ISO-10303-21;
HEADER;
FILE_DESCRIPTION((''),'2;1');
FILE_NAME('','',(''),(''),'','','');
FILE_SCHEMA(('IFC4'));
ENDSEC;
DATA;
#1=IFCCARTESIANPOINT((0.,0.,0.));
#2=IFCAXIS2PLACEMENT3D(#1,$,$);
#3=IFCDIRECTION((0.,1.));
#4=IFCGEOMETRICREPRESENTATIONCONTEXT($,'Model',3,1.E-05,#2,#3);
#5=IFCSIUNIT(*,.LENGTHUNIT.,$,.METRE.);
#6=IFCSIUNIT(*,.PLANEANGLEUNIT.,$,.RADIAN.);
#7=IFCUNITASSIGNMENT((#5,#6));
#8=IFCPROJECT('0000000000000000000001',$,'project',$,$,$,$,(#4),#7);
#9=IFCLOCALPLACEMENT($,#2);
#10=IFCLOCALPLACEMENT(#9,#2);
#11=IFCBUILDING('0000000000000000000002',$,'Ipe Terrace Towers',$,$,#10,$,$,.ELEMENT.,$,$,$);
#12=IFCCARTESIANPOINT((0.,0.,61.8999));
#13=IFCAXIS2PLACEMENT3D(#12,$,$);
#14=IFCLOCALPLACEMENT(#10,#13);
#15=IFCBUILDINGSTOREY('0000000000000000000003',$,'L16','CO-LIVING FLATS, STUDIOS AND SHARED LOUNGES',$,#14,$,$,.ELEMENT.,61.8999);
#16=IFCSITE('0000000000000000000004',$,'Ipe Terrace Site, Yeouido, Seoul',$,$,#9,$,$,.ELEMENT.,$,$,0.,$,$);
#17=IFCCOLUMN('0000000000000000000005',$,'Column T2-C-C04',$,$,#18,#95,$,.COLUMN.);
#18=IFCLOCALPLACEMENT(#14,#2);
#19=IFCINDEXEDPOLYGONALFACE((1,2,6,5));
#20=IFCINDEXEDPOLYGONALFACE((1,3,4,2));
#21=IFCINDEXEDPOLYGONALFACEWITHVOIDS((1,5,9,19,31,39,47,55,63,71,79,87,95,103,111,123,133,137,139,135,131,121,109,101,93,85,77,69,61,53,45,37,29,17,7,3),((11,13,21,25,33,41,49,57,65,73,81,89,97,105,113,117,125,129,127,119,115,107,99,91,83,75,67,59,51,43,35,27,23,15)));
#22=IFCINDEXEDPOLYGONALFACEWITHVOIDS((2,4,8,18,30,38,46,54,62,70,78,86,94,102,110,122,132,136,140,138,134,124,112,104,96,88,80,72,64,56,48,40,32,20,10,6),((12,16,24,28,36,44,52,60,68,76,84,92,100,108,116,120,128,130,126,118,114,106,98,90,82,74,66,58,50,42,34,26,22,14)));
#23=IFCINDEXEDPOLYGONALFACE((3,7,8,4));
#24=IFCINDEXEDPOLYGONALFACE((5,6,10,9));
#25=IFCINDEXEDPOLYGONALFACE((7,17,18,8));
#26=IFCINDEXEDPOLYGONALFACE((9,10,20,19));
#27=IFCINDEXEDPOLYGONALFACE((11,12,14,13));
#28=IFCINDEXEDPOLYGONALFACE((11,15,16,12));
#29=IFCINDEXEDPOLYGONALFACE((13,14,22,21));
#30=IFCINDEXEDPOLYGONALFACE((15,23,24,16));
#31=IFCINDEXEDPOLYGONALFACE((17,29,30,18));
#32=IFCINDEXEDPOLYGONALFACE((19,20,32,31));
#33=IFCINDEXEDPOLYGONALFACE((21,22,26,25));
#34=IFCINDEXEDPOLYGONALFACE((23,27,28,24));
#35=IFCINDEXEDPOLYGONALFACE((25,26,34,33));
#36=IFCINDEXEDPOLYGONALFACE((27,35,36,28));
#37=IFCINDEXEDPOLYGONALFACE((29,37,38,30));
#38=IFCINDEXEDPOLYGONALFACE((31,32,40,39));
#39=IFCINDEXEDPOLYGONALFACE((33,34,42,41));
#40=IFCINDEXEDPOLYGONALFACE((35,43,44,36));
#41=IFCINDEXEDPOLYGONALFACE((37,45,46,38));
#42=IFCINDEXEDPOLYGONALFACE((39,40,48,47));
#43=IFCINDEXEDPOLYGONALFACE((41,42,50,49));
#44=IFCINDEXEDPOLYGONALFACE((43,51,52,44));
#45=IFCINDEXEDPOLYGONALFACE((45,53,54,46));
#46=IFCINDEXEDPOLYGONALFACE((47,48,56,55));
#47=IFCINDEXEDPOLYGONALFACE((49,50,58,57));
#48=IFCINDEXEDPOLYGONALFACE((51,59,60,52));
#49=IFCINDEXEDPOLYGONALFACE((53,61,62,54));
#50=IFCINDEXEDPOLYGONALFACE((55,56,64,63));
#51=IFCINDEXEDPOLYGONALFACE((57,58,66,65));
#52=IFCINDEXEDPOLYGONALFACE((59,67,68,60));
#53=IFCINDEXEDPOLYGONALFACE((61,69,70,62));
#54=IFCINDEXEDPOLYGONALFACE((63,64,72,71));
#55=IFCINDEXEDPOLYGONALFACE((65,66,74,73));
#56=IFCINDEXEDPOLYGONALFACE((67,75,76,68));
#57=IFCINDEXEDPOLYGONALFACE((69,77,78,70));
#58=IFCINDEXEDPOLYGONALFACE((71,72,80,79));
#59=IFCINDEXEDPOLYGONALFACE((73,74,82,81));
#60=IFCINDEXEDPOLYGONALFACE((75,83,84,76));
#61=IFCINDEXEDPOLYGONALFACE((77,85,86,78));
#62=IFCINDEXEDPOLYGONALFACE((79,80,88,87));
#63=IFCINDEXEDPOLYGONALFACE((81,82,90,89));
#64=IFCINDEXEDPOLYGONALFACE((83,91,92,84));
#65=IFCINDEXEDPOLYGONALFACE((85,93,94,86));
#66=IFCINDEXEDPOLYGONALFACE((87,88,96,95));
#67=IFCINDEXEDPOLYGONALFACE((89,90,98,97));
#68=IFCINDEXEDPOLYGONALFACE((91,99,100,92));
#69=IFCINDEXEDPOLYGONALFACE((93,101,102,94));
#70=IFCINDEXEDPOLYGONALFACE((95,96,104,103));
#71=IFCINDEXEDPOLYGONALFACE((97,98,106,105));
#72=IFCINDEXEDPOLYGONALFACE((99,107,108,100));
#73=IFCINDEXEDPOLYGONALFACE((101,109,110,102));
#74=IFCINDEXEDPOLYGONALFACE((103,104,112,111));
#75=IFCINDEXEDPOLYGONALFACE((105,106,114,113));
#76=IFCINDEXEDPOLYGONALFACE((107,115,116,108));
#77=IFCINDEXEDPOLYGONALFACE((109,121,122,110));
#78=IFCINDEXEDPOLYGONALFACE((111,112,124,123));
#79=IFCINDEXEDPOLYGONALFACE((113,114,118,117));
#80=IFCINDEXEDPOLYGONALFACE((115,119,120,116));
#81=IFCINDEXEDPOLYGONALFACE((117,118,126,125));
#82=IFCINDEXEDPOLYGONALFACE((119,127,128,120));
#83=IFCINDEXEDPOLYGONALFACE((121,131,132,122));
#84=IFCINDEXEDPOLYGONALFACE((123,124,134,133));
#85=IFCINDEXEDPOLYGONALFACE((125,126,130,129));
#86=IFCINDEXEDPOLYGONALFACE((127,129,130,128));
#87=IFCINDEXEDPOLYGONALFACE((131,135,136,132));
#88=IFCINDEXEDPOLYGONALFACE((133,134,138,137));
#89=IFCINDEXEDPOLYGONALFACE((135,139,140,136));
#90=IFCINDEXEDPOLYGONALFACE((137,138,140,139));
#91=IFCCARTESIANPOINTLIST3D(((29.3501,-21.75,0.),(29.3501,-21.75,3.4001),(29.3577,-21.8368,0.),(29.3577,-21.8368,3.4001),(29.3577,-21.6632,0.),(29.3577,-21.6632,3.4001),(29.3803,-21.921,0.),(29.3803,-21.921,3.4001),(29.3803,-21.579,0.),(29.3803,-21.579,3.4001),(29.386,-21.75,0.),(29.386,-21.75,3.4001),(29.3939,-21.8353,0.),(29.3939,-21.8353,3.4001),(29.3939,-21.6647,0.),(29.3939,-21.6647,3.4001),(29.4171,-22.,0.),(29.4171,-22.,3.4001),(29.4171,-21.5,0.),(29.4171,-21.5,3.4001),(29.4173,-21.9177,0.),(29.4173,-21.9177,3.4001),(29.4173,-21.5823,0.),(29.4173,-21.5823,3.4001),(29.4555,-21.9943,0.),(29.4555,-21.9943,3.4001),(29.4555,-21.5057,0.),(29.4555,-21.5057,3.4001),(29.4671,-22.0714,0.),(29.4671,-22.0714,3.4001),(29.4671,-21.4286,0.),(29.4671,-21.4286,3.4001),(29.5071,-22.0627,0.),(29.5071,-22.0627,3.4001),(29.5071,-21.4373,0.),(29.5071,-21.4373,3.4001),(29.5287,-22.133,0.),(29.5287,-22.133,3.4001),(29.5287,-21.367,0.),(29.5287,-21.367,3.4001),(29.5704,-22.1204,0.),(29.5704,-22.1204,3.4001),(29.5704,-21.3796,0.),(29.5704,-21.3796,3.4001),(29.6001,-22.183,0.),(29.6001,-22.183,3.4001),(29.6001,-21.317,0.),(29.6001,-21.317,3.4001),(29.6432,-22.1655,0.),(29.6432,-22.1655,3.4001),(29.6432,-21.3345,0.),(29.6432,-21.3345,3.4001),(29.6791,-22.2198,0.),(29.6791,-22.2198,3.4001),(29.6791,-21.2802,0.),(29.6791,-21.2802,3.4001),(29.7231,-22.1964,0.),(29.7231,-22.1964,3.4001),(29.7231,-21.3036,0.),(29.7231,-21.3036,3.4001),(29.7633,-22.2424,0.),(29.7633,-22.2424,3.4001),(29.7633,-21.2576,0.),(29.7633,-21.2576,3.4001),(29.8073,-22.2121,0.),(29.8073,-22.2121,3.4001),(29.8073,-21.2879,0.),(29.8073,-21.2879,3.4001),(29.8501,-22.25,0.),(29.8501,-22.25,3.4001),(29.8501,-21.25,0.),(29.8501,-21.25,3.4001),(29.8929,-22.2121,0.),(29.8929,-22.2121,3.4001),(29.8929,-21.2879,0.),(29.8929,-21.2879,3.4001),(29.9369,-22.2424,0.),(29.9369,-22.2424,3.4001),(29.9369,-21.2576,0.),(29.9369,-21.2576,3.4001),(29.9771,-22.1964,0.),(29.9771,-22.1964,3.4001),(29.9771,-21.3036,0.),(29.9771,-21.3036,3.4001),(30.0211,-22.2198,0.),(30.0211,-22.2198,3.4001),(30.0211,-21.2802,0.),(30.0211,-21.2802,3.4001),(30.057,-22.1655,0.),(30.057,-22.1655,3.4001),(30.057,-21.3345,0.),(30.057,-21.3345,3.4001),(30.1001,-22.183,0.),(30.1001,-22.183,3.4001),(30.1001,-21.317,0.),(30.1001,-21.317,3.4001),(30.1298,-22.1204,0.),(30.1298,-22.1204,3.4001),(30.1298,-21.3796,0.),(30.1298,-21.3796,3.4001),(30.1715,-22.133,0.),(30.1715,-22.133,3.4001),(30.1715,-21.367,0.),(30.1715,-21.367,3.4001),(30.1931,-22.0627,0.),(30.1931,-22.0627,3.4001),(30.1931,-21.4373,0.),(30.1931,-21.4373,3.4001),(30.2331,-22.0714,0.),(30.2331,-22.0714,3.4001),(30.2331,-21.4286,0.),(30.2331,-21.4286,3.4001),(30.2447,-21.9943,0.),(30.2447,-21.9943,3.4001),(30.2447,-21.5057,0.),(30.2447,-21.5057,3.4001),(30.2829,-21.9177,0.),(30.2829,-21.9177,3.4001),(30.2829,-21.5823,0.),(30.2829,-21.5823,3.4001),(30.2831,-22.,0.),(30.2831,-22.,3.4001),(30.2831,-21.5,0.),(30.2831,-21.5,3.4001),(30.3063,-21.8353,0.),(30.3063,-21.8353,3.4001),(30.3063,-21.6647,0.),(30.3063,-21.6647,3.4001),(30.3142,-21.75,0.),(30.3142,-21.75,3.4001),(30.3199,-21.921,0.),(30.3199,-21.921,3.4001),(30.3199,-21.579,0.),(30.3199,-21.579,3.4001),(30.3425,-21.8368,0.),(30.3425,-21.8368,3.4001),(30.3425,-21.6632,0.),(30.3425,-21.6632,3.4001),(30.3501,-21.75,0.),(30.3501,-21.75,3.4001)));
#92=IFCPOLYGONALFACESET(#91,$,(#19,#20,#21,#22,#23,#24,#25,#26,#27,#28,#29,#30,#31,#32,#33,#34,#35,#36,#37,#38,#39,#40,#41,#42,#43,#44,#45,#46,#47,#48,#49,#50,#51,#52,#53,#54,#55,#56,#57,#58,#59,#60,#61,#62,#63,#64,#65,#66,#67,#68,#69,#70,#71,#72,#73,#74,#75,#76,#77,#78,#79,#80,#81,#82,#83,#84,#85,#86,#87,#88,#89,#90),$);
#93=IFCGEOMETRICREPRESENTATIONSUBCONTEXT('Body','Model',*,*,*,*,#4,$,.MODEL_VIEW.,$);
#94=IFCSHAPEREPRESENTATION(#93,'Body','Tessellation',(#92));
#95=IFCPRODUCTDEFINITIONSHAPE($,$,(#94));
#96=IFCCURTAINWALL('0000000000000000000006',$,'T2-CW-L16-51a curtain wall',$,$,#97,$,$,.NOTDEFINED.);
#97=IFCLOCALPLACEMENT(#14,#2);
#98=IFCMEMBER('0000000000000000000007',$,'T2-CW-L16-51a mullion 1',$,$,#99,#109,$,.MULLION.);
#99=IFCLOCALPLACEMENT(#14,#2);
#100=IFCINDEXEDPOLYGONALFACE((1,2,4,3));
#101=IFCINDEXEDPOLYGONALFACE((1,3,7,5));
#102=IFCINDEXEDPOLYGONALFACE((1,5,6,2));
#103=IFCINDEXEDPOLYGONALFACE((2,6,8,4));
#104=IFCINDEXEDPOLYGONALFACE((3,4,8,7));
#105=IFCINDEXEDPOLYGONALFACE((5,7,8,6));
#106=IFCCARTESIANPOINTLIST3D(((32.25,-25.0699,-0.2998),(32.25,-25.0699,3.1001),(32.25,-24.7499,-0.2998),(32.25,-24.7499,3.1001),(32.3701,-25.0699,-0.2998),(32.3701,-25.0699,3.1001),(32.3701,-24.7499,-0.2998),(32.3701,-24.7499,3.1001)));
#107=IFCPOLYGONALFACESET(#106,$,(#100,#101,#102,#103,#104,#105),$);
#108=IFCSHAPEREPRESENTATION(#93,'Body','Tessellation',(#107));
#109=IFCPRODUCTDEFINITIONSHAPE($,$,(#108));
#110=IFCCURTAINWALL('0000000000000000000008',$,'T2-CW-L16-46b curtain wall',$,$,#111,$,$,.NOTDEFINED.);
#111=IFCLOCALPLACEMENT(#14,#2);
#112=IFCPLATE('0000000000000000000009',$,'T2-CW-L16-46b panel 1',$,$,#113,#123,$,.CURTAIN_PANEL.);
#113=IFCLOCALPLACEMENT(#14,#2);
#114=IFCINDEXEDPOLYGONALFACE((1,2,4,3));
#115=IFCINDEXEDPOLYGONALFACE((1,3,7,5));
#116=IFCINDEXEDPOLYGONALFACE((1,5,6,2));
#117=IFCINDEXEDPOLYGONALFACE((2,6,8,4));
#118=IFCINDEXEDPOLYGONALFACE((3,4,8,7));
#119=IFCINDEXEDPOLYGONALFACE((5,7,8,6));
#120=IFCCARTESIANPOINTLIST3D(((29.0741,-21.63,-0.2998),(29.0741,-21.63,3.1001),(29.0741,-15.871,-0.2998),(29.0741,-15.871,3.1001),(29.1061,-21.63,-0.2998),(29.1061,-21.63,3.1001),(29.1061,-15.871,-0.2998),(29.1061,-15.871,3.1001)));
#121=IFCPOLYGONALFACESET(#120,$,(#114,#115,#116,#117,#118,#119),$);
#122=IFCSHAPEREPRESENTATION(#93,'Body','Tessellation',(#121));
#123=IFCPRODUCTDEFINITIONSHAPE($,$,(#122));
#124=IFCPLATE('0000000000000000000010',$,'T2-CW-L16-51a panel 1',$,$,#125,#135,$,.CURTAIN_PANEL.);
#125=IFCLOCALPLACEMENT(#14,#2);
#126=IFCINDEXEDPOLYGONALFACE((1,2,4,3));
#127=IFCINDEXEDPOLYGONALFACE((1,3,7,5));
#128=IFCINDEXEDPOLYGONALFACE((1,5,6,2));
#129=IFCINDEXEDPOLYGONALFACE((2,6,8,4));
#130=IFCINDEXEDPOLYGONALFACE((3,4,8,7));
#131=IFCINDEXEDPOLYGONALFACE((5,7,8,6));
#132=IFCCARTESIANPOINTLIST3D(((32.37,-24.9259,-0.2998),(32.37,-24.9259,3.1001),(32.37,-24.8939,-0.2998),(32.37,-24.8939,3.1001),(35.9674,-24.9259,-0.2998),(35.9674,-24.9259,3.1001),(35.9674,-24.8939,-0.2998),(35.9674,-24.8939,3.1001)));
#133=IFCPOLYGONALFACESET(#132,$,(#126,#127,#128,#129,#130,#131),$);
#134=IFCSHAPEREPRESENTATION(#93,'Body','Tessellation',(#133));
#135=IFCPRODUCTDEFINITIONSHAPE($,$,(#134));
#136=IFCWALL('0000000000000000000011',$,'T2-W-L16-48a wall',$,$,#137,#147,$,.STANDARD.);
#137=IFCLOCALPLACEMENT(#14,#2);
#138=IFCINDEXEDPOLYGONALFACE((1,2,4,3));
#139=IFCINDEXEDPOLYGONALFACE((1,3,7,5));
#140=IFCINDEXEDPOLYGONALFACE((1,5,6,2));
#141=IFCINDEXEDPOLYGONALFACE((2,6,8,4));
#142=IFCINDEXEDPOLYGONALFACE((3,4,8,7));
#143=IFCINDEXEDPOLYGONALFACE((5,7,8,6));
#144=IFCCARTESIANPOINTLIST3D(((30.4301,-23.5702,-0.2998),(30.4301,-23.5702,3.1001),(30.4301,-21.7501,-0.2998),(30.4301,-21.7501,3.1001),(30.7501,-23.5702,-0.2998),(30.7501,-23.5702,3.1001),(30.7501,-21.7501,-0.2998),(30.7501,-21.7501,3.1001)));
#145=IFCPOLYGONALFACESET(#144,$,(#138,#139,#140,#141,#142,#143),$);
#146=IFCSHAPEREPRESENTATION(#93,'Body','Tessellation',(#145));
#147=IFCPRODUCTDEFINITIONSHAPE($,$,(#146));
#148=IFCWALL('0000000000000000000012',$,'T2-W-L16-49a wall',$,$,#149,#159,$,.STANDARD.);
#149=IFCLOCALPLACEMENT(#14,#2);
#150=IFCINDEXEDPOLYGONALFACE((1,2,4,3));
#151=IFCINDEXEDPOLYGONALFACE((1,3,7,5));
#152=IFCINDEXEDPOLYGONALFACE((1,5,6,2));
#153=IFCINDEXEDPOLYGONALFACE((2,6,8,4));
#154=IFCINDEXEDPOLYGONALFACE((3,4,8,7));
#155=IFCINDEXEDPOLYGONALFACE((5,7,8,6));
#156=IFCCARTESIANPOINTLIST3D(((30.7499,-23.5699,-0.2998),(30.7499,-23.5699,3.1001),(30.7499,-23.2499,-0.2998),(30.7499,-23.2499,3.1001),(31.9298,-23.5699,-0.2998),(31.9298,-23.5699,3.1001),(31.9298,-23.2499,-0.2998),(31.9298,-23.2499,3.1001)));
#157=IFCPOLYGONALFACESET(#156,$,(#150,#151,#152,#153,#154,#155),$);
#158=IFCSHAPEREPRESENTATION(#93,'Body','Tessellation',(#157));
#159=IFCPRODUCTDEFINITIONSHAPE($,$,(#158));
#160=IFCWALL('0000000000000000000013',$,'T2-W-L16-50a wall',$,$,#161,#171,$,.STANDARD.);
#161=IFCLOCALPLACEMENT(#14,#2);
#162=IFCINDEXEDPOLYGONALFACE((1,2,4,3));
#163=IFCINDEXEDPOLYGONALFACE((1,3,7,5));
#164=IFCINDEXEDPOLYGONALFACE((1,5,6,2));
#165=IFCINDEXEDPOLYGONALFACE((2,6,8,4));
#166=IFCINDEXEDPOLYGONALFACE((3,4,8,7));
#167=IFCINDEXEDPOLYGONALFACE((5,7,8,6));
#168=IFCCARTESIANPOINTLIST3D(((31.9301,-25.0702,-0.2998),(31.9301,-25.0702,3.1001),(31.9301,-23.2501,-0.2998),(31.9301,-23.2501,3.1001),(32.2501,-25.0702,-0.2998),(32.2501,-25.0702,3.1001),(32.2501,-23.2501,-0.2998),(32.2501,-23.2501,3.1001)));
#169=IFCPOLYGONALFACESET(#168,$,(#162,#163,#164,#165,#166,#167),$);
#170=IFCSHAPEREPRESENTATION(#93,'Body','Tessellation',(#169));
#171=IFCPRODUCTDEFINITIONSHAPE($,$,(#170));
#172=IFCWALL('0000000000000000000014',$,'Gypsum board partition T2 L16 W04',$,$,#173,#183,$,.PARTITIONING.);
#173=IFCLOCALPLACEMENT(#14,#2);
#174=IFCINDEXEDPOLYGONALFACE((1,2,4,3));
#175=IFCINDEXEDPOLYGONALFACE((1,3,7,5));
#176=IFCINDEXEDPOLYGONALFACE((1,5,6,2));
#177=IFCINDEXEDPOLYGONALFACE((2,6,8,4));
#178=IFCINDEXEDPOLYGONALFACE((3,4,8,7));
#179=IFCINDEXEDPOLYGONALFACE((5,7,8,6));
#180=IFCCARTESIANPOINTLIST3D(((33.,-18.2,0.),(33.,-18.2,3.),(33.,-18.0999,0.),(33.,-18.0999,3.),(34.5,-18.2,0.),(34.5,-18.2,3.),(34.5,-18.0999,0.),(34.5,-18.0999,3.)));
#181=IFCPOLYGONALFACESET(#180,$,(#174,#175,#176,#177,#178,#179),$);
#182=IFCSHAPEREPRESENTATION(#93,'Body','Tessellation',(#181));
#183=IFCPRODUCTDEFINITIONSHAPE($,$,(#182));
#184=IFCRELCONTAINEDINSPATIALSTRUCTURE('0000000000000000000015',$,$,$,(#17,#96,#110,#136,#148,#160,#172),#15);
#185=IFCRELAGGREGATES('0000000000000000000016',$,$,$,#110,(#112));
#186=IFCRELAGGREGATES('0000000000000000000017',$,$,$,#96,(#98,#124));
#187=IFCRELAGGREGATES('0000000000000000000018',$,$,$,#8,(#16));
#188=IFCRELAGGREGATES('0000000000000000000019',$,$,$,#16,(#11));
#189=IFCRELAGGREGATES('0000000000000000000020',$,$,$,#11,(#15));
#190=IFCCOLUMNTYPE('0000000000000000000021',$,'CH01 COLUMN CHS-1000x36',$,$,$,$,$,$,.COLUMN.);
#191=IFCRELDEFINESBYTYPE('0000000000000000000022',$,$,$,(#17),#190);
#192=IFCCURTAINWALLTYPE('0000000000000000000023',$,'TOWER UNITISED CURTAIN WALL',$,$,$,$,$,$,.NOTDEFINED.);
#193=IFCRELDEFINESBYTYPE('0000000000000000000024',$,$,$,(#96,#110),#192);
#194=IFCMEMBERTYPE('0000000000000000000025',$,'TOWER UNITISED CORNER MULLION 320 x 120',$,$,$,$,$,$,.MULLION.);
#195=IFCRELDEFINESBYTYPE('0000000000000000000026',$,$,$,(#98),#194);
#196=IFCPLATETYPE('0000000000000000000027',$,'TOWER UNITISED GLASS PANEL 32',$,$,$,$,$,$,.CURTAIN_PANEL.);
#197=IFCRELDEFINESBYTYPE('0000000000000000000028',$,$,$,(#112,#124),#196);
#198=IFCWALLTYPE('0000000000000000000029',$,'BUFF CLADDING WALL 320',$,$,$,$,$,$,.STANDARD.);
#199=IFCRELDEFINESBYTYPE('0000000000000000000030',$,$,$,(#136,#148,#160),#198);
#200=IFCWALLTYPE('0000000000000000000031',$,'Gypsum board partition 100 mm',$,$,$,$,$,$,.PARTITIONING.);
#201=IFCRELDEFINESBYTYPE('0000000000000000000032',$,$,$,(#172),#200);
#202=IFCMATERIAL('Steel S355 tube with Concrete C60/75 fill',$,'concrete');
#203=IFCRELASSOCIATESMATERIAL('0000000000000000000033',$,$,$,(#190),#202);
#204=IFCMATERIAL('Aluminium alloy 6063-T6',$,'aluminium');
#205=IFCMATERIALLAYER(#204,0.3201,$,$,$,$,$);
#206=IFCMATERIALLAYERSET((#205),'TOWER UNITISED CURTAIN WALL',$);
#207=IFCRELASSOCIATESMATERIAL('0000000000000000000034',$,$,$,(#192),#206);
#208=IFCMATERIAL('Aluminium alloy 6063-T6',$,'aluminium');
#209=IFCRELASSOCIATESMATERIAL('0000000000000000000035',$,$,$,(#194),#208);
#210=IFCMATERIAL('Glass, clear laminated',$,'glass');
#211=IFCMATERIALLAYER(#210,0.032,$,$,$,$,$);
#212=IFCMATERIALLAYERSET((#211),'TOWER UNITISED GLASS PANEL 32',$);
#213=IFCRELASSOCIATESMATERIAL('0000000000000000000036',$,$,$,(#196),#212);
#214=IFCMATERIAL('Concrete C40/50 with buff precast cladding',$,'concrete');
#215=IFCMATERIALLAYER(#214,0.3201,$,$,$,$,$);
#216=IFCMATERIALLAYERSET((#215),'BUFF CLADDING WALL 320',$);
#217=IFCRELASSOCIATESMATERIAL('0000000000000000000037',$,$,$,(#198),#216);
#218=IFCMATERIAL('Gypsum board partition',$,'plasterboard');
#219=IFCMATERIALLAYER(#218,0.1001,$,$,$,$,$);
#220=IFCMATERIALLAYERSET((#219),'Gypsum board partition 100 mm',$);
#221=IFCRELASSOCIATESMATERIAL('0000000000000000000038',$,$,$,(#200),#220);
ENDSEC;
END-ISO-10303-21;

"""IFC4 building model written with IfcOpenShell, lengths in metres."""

from ifc_helpers import new_model, si_unit, direction, frame, frame_2d, origin, origin_2d, place, context, subcontext, project, spatial, rectangle, hollow_circle, extrude, material, layer, layer_set, material_profile, profile_set, type_object, element, aggregate, save


model = new_model("IFC4")

# Units and contexts
model_context = context("Model", 3, precision=1e-05, world=origin(), true_north=direction((0.0, 1.0)))
body_context = subcontext(model_context, "Body", "Model", "MODEL_VIEW")
ifc_project = project(units=[si_unit("LENGTHUNIT", "METRE"), si_unit("PLANEANGLEUNIT", "RADIAN")], contexts=[model_context])

# Site, building, storey
site_placement = place(None, origin())
site = spatial("IfcSite", under=ifc_project, at=site_placement, Name="Ipe Terrace Site, Yeouido, Seoul", CompositionType="ELEMENT", RefElevation=0.0)
building_placement = place(site_placement, origin())
building = spatial("IfcBuilding", under=site, at=building_placement, Name="Ipe Terrace Towers", CompositionType="ELEMENT")
storey_placement = place(building_placement, frame((0.0, 0.0, 61.8999)))
storey = spatial("IfcBuildingStorey", under=building, at=storey_placement, Name="L16", Description="CO-LIVING FLATS, STUDIOS AND SHARED LOUNGES", CompositionType="ELEMENT", Elevation=61.8999)

# Column
ifc_material_1 = material(Name="Steel S355 tube with Concrete C60/75 fill", Category="concrete")
ifc_material_profile_1 = material_profile(ifc_material_1, hollow_circle(Radius=0.5, WallThickness=0.0359, at=origin_2d()), Name="CHS-1000x36")
ifc_profile_set_1 = profile_set([ifc_material_profile_1], Name="Steel S355 tube with Concrete C60/75 fill")
column_type = type_object("IfcColumnType", Name="CH01 COLUMN CHS-1000x36", PredefinedType="COLUMN", material=ifc_profile_set_1)
column_placement = place(storey_placement, frame((29.8501, -21.75, 0.0), z_axis=(0.0, 0.0, 1.0), x_axis=(1.0, 0.0, 0.0)))
element("IfcColumn", 1, at=column_placement, inside=storey, type_object=column_type, Name="Column T2-C-C04", PredefinedType="COLUMN", context=body_context, shape_type="SweptSolid", body=[
    extrude(hollow_circle(Radius=0.5, WallThickness=0.0359, at=origin_2d()), origin(), (0.0, 0.0, 1.0), 3.4001),
])

# Curtain wall, member
ifc_material_2 = material(Name="Aluminium alloy 6063-T6", Category="aluminium")
ifc_layer_1 = layer(ifc_material_2, 0.3201)
ifc_layer_set_1 = layer_set([ifc_layer_1], Name="TOWER UNITISED CURTAIN WALL")
curtain_wall_type = type_object("IfcCurtainWallType", Name="TOWER UNITISED CURTAIN WALL", PredefinedType="NOTDEFINED", material=ifc_layer_set_1)
curtain_wall_1_placement = place(storey_placement, origin())
curtain_wall_1 = element("IfcCurtainWall", 2, at=curtain_wall_1_placement, inside=storey, type_object=curtain_wall_type, Name="T2-CW-L16-51a curtain wall", PredefinedType="NOTDEFINED")
ifc_material_3 = material(Name="Aluminium alloy 6063-T6", Category="aluminium")
ifc_material_profile_2 = material_profile(ifc_material_3, rectangle(XDim=0.3201, YDim=0.1201, at=origin_2d()), Name="TOWER UNITISED CORNER MULLION 320 x 120")
ifc_profile_set_2 = profile_set([ifc_material_profile_2], Name="Aluminium alloy 6063-T6")
member_type = type_object("IfcMemberType", Name="TOWER UNITISED CORNER MULLION 320 x 120", PredefinedType="MULLION", material=ifc_profile_set_2)
member_placement = place(storey_placement, frame((32.3101, -24.9099, -0.2998), z_axis=(0.0, 0.0, 1.0), x_axis=(0.0, -1.0, 0.0)))
member = element("IfcMember", 3, at=member_placement, type_object=member_type, Name="T2-CW-L16-51a mullion 1", PredefinedType="MULLION", context=body_context, shape_type="SweptSolid", body=[
    extrude(rectangle(XDim=0.3201, YDim=0.1201, at=origin_2d()), origin(), (0.0, 0.0, 1.0), 3.3999),
])

# Curtain wall, plate
curtain_wall_2_placement = place(storey_placement, origin())
curtain_wall_2 = element("IfcCurtainWall", 4, at=curtain_wall_2_placement, inside=storey, type_object=curtain_wall_type, Name="T2-CW-L16-46b curtain wall", PredefinedType="NOTDEFINED")
ifc_material_4 = material(Name="Glass, clear laminated", Category="glass")
ifc_layer_2 = layer(ifc_material_4, 0.032)
ifc_layer_set_2 = layer_set([ifc_layer_2], Name="TOWER UNITISED GLASS PANEL 32")
plate_type = type_object("IfcPlateType", Name="TOWER UNITISED GLASS PANEL 32", PredefinedType="CURTAIN_PANEL", material=ifc_layer_set_2)
plate_1_placement = place(storey_placement, frame((29.0901, -18.7505, -0.2998), z_axis=(0.0, 0.0, 1.0), x_axis=(0.0, -1.0, 0.0)))
plate_1 = element("IfcPlate", 5, at=plate_1_placement, type_object=plate_type, Name="T2-CW-L16-46b panel 1", PredefinedType="CURTAIN_PANEL", context=body_context, shape_type="SweptSolid", body=[
    extrude(rectangle(XDim=5.759, YDim=0.032, at=origin_2d()), origin(), (0.0, 0.0, 1.0), 3.3999),
])
aggregate(curtain_wall_2, [plate_1])

# Plate
plate_2_placement = place(storey_placement, frame((34.1687, -24.9099, -0.2998), z_axis=(0.0, 0.0, 1.0), x_axis=(1.0, 0.0, 0.0)))
plate_2 = element("IfcPlate", 6, at=plate_2_placement, type_object=plate_type, Name="T2-CW-L16-51a panel 1", PredefinedType="CURTAIN_PANEL", context=body_context, shape_type="SweptSolid", body=[
    extrude(rectangle(XDim=3.5974, YDim=0.032, at=origin_2d()), origin(), (0.0, 0.0, 1.0), 3.3999),
])
aggregate(curtain_wall_1, [member, plate_2])

# Walls
ifc_material_5 = material(Name="Concrete C40/50 with buff precast cladding", Category="concrete")
ifc_layer_3 = layer(ifc_material_5, 0.3201)
ifc_layer_set_3 = layer_set([ifc_layer_3], Name="BUFF CLADDING WALL 320")
wall_type_1 = type_object("IfcWallType", Name="BUFF CLADDING WALL 320", PredefinedType="STANDARD", material=ifc_layer_set_3)
wall_1_placement = place(storey_placement, frame((30.5901, -21.75, -0.2998), z_axis=(0.0, 0.0, 1.0), x_axis=(0.0, -1.0, 0.0)))
element("IfcWall", 7, at=wall_1_placement, inside=storey, type_object=wall_type_1, Name="T2-W-L16-48a wall", PredefinedType="STANDARD", context=body_context, shape_type="SweptSolid", body=[
    extrude(rectangle(XDim=1.8201, YDim=0.3201, at=frame_2d((0.9102, 0.0))), origin(), (0.0, 0.0, 1.0), 3.3999),
])
wall_2_placement = place(storey_placement, frame((30.75, -23.4099, -0.2998), z_axis=(0.0, 0.0, 1.0), x_axis=(1.0, 0.0, 0.0)))
element("IfcWall", 8, at=wall_2_placement, inside=storey, type_object=wall_type_1, Name="T2-W-L16-49a wall", PredefinedType="STANDARD", context=body_context, shape_type="SweptSolid", body=[
    extrude(rectangle(XDim=1.1799, YDim=0.3201, at=frame_2d((0.5898, 0.0))), origin(), (0.0, 0.0, 1.0), 3.3999),
])
wall_3_placement = place(storey_placement, frame((32.0901, -23.25, -0.2998), z_axis=(0.0, 0.0, 1.0), x_axis=(0.0, -1.0, 0.0)))
element("IfcWall", 9, at=wall_3_placement, inside=storey, type_object=wall_type_1, Name="T2-W-L16-50a wall", PredefinedType="STANDARD", context=body_context, shape_type="SweptSolid", body=[
    extrude(rectangle(XDim=1.8201, YDim=0.3201, at=frame_2d((0.9102, 0.0))), origin(), (0.0, 0.0, 1.0), 3.3999),
])
ifc_material_6 = material(Name="Gypsum board partition", Category="plasterboard")
ifc_layer_4 = layer(ifc_material_6, 0.1001)
ifc_layer_set_4 = layer_set([ifc_layer_4], Name="Gypsum board partition 100 mm")
wall_type_2 = type_object("IfcWallType", Name="Gypsum board partition 100 mm", PredefinedType="PARTITIONING", material=ifc_layer_set_4)
wall_4_placement = place(storey_placement, frame((34.5, -18.1499, 0.0), z_axis=(0.0, 0.0, 1.0), x_axis=(-1.0, 0.0, 0.0)))
element("IfcWall", 10, at=wall_4_placement, inside=storey, type_object=wall_type_2, Name="Gypsum board partition T2 L16 W04", PredefinedType="PARTITIONING", context=body_context, shape_type="SweptSolid", body=[
    extrude(rectangle(XDim=1.5, YDim=0.1001, at=frame_2d((0.75, 0.0))), origin(), (0.0, 0.0, 1.0), 3.0),
])

save(model, "model.ifc")
